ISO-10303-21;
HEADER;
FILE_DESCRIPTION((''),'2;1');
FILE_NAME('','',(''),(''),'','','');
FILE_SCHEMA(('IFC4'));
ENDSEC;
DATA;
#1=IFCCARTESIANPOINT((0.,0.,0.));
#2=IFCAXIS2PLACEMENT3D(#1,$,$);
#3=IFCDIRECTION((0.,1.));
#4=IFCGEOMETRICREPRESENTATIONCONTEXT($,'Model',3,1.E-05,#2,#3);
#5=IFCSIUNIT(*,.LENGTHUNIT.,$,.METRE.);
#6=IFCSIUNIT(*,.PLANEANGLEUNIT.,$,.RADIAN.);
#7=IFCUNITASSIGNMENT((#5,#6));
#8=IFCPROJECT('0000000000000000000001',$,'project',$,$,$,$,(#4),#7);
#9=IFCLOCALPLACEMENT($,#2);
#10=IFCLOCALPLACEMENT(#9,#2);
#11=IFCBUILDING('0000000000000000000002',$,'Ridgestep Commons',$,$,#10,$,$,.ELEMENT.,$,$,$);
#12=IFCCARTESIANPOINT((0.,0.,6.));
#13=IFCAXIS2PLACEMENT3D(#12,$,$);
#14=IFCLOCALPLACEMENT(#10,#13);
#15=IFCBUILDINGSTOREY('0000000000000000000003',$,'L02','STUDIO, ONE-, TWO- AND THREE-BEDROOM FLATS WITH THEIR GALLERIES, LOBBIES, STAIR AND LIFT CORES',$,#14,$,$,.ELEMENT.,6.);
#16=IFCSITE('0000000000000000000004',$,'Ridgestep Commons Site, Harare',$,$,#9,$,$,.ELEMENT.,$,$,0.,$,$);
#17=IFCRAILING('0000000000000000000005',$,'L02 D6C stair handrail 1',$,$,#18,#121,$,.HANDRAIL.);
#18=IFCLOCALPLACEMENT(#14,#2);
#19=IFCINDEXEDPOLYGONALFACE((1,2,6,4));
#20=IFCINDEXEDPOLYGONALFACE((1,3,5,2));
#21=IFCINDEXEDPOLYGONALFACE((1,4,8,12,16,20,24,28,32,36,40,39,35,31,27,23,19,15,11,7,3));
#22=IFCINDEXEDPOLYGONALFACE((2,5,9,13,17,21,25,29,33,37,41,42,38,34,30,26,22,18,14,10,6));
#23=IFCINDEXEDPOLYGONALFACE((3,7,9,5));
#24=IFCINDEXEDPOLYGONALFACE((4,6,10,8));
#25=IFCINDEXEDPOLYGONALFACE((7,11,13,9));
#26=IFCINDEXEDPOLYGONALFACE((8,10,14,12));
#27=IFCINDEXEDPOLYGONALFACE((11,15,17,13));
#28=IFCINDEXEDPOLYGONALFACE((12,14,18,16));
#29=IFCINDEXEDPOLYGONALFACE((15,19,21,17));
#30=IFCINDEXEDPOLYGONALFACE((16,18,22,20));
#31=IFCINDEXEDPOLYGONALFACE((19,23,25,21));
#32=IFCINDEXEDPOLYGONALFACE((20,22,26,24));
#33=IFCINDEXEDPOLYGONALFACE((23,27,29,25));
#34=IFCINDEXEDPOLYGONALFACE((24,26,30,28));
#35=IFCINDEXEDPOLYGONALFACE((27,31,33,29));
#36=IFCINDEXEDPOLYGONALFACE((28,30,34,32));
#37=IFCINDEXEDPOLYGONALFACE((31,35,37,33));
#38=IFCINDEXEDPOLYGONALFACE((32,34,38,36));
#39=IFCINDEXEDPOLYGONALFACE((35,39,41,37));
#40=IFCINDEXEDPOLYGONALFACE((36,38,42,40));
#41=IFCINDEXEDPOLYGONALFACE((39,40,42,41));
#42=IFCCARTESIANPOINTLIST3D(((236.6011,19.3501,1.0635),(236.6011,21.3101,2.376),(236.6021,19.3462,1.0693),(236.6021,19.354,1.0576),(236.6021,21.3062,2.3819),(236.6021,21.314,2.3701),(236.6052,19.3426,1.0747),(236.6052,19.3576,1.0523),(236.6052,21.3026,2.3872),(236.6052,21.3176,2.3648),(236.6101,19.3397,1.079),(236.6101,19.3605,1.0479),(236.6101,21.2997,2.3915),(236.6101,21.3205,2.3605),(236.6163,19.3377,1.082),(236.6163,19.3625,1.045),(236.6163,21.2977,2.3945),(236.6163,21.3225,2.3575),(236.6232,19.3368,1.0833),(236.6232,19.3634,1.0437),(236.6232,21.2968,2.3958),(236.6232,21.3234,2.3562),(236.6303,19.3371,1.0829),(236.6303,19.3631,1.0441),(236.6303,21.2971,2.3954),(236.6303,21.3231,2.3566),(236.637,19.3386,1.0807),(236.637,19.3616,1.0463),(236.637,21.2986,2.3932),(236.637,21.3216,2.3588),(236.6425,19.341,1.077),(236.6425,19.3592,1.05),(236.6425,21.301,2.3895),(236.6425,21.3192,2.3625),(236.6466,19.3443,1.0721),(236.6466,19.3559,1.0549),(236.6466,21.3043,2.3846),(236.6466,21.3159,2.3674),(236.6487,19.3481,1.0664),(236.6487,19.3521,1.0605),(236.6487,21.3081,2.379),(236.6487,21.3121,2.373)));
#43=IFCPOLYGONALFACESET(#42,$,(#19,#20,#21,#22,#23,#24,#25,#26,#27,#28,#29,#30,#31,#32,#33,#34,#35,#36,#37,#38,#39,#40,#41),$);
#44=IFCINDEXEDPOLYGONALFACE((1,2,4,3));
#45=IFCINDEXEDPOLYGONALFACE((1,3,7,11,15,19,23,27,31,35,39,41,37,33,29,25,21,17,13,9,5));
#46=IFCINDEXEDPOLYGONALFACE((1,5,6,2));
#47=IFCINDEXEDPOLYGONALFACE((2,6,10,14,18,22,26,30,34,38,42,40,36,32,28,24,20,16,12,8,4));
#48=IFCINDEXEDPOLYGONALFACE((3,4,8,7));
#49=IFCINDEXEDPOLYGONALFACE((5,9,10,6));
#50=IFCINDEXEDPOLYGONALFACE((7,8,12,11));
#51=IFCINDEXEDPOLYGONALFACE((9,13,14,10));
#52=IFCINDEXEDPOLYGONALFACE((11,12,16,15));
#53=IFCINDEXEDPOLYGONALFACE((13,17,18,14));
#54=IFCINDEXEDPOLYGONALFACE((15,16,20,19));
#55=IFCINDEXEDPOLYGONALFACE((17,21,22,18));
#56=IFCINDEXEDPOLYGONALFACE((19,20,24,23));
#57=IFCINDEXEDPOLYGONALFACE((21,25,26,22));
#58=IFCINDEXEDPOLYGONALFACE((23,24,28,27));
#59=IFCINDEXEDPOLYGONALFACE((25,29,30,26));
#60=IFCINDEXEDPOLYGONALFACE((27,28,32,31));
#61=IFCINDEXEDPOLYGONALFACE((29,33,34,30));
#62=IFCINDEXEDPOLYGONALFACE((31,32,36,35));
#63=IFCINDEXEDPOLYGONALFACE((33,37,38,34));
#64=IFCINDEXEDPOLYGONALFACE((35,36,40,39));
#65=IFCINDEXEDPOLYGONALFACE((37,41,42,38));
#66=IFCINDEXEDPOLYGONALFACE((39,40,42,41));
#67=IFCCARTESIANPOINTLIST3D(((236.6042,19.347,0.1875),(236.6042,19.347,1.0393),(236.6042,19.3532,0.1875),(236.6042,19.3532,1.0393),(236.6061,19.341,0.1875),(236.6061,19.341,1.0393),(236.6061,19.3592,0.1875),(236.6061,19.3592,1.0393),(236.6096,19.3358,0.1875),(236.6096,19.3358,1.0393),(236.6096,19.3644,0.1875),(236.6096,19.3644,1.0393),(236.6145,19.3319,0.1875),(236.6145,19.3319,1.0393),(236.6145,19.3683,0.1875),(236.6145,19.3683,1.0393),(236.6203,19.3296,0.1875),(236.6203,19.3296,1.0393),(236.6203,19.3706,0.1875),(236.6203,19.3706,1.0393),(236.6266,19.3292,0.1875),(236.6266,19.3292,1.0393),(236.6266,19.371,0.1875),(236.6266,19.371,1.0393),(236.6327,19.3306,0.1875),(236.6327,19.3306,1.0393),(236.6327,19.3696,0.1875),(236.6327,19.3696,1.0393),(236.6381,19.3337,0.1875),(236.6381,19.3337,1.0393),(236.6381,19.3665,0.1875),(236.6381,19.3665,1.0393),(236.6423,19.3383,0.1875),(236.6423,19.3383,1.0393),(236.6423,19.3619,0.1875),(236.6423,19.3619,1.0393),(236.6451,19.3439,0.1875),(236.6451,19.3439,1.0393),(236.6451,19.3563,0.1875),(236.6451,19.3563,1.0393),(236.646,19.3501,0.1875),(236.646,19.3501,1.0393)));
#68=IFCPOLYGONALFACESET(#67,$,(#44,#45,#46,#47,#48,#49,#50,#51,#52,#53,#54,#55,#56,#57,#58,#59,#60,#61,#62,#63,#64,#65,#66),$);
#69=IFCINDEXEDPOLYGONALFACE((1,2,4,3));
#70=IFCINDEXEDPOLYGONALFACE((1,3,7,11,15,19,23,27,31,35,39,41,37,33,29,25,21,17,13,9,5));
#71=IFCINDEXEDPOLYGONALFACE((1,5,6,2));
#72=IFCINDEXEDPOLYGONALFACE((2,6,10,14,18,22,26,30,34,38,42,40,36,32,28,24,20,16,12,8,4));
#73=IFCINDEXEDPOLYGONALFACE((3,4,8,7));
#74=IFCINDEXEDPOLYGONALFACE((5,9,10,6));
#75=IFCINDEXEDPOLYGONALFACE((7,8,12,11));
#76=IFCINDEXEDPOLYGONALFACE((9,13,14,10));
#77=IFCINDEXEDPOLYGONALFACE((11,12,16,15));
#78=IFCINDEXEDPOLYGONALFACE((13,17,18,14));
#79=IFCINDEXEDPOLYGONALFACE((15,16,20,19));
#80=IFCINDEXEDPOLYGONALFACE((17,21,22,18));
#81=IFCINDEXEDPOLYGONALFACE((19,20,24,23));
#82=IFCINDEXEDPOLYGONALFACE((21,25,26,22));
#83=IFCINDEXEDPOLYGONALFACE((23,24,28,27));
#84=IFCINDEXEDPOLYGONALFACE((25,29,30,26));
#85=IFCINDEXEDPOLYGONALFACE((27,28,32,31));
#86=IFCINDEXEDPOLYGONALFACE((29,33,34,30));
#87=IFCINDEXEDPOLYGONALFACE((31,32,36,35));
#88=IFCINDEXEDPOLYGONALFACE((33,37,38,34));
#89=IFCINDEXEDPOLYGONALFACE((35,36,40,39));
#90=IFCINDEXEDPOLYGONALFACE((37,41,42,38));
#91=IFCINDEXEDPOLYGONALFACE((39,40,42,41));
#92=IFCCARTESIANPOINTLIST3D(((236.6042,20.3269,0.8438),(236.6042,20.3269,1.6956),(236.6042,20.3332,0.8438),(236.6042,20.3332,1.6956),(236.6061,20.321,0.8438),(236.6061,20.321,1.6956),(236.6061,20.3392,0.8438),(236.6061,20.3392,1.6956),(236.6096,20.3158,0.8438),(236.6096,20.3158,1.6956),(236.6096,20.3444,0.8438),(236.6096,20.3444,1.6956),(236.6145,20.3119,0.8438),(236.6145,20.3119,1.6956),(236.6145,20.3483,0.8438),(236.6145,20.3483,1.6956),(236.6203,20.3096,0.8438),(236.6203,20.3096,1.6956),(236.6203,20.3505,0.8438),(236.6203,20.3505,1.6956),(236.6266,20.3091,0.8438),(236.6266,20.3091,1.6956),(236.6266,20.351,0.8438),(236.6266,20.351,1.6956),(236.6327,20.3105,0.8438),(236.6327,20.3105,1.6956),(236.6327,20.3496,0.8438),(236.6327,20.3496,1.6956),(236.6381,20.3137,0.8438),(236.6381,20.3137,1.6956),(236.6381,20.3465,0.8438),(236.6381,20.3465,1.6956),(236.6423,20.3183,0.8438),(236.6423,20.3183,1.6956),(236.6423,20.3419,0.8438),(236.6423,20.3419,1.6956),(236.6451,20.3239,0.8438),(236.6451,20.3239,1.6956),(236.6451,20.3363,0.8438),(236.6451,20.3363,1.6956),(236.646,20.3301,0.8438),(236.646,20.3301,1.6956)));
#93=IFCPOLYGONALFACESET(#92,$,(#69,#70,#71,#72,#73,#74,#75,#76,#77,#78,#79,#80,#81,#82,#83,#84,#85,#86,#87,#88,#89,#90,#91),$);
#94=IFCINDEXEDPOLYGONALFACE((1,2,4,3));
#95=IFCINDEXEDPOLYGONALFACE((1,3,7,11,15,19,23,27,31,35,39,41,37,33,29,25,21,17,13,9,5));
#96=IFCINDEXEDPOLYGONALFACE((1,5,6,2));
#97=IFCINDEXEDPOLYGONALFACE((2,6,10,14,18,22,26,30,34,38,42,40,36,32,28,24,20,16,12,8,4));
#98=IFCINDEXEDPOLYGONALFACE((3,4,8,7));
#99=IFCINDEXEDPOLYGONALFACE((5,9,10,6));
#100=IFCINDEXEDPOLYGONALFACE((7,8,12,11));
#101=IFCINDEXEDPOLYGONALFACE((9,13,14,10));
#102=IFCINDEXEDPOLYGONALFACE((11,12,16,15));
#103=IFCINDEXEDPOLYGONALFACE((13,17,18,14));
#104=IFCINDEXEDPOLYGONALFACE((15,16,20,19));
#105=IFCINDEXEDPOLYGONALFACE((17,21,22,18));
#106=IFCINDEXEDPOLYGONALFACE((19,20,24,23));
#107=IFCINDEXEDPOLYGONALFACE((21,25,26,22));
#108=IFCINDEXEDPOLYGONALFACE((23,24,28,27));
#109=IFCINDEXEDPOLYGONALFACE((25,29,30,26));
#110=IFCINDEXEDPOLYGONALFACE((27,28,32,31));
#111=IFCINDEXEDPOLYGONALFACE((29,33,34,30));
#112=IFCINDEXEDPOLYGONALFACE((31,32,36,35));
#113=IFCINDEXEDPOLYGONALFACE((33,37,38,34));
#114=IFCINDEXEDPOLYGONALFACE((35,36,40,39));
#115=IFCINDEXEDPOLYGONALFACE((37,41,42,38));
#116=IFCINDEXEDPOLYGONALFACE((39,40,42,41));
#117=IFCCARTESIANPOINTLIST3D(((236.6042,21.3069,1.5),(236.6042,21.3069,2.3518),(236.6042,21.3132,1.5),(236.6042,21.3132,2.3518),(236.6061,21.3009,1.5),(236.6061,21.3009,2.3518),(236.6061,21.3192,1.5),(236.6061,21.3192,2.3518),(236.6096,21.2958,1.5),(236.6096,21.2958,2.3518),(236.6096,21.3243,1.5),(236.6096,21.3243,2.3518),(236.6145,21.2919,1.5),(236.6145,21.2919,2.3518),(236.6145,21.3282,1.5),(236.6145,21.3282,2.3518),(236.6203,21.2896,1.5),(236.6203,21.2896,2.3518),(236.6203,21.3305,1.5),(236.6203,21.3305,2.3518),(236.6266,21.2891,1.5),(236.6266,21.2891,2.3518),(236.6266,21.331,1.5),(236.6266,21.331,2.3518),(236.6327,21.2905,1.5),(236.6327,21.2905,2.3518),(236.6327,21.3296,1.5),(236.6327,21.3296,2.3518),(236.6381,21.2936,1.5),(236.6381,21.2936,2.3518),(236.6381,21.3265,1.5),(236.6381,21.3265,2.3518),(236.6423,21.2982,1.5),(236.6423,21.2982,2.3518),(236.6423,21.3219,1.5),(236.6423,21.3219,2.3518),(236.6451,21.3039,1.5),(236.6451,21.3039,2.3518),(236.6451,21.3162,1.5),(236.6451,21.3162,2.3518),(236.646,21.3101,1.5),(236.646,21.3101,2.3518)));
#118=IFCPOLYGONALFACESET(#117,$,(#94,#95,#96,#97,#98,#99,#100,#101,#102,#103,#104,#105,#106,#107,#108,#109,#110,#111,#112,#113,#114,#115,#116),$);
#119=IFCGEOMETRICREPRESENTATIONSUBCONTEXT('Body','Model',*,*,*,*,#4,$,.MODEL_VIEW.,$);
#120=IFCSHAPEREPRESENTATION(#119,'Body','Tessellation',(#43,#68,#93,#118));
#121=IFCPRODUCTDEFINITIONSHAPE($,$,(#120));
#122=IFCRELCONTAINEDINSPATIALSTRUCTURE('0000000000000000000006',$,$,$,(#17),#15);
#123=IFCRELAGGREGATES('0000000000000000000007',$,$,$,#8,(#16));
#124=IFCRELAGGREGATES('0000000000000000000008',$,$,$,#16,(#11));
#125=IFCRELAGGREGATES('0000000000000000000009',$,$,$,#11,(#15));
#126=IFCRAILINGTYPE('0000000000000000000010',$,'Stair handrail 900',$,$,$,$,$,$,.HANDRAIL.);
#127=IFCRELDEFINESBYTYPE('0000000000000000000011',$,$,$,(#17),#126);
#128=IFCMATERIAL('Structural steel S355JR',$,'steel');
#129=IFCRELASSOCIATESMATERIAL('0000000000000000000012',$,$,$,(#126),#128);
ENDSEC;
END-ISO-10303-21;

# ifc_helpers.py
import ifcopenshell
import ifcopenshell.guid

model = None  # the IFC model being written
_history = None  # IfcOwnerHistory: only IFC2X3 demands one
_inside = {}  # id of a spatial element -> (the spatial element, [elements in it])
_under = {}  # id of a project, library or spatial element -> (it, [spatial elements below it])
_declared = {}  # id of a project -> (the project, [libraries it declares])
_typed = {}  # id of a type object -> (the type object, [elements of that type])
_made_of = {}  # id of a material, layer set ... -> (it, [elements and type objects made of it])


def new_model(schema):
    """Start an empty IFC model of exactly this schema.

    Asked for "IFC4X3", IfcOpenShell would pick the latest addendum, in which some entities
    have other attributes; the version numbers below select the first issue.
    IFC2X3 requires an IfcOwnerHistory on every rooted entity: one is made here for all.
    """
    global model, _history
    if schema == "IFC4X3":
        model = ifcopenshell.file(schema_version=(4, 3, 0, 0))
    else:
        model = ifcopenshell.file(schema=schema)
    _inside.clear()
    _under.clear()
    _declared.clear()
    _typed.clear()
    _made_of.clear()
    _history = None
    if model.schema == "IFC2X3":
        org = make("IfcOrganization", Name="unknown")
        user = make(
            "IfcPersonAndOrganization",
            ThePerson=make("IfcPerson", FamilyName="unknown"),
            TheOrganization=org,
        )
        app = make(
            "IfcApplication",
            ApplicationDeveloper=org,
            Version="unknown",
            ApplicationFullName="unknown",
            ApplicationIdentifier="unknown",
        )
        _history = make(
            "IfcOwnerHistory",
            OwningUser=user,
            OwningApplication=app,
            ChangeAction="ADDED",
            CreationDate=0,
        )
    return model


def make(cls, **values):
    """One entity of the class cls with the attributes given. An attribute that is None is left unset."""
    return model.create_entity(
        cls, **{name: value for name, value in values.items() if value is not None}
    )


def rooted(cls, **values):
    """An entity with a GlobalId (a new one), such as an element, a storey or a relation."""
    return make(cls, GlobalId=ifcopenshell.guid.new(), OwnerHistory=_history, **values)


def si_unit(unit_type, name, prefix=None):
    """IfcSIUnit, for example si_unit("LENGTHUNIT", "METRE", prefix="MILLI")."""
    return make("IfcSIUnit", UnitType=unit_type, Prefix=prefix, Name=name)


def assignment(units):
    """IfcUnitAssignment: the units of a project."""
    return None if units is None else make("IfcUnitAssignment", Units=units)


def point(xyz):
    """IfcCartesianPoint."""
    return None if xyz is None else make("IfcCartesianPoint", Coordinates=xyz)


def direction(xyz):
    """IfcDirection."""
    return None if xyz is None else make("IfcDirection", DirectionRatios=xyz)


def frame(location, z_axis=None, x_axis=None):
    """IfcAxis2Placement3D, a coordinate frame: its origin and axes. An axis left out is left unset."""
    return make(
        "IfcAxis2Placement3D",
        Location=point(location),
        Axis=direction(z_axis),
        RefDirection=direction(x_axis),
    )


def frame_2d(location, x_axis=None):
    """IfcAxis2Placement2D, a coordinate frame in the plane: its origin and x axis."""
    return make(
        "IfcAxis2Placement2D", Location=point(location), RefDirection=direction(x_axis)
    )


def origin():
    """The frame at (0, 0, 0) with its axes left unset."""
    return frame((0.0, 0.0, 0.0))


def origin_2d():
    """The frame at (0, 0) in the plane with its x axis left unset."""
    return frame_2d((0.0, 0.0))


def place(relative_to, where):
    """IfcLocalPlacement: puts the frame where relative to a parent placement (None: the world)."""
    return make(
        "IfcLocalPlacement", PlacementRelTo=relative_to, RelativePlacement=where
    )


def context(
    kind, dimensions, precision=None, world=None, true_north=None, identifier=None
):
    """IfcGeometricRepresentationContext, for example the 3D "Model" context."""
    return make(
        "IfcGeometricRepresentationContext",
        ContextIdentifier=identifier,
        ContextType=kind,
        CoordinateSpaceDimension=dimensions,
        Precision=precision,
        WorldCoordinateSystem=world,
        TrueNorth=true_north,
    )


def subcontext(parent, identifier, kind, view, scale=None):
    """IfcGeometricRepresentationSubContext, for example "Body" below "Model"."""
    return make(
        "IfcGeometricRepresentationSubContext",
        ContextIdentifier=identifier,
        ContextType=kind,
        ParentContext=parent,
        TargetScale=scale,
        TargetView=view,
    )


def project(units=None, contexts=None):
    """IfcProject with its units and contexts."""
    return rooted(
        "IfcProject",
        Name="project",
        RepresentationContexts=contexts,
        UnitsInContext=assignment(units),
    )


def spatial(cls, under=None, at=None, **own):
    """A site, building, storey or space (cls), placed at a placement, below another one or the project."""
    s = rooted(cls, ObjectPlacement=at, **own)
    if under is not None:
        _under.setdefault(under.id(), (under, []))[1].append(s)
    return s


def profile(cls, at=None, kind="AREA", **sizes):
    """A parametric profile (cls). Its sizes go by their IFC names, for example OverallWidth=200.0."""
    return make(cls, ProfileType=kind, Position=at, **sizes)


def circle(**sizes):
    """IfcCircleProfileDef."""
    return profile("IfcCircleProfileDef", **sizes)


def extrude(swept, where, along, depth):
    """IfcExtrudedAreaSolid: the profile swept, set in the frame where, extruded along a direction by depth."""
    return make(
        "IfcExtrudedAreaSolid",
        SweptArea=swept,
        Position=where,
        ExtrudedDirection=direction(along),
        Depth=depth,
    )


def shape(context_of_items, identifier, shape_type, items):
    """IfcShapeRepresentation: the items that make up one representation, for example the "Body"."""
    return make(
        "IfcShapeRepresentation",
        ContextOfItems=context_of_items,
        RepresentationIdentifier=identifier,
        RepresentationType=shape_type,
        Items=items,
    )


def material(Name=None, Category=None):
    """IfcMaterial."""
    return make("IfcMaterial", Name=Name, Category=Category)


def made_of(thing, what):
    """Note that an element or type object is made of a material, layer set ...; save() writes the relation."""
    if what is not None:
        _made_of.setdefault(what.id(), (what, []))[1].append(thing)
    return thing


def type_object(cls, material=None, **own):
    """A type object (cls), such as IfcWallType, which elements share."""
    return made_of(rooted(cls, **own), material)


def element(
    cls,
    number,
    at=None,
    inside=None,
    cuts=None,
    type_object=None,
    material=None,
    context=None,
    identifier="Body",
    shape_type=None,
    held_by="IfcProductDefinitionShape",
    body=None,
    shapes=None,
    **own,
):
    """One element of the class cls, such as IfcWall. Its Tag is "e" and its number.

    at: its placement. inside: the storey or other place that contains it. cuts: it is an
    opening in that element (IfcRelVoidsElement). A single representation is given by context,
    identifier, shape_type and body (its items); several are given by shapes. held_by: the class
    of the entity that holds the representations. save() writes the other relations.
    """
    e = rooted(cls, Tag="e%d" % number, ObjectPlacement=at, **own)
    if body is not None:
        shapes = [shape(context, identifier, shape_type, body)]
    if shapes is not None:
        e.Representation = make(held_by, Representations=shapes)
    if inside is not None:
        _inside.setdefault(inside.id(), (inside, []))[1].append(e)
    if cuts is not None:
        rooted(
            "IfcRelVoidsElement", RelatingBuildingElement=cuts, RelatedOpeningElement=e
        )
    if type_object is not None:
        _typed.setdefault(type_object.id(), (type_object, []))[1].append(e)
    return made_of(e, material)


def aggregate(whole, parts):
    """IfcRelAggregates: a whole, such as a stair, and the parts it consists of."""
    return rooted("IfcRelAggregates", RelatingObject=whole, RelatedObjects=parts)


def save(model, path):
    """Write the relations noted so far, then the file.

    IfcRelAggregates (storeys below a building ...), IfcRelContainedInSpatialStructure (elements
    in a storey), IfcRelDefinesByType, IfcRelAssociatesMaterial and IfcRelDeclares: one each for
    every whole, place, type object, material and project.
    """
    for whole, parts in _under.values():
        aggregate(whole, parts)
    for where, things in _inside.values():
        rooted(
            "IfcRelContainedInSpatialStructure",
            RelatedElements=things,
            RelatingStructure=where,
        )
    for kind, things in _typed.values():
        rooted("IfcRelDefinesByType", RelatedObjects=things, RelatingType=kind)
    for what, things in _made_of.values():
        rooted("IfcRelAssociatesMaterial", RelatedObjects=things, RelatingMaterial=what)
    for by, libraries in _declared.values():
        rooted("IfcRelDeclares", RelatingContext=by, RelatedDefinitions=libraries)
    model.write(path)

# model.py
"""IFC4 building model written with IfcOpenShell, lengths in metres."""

from ifc_helpers import new_model, si_unit, direction, frame, origin, origin_2d, place, context, subcontext, project, spatial, circle, extrude, material, type_object, element, save


model = new_model("IFC4")

# Units and contexts
model_context = context("Model", 3, precision=1e-05, world=origin(), true_north=direction((0.0, 1.0)))
body_context = subcontext(model_context, "Body", "Model", "MODEL_VIEW")
ifc_project = project(units=[si_unit("LENGTHUNIT", "METRE"), si_unit("PLANEANGLEUNIT", "RADIAN")], contexts=[model_context])

# Site, building, storey
site_placement = place(None, origin())
site = spatial("IfcSite", under=ifc_project, at=site_placement, Name="Ridgestep Commons Site, Harare", CompositionType="ELEMENT", RefElevation=0.0)
building_placement = place(site_placement, origin())
building = spatial("IfcBuilding", under=site, at=building_placement, Name="Ridgestep Commons", CompositionType="ELEMENT")
storey_placement = place(building_placement, frame((0.0, 0.0, 6.0)))
storey = spatial("IfcBuildingStorey", under=building, at=storey_placement, Name="L02", Description="STUDIO, ONE-, TWO- AND THREE-BEDROOM FLATS WITH THEIR GALLERIES, LOBBIES, STAIR AND LIFT CORES", CompositionType="ELEMENT", Elevation=6.0)

# Railing
ifc_material_1 = material(Name="Structural steel S355JR", Category="steel")
railing_type_1 = type_object("IfcRailingType", Name="Stair handrail 900", PredefinedType="HANDRAIL", material=ifc_material_1)
railing_1_placement = place(storey_placement, frame((236.625, 19.3501, 0.1875)))
element("IfcRailing", 1, at=railing_1_placement, inside=storey, type_object=railing_type_1, Name="L02 D6C stair handrail 1", PredefinedType="HANDRAIL", context=body_context, shape_type="SweptSolid", body=[
    extrude(circle(Radius=0.0239, at=origin_2d()), frame((0.0, 0.0, 0.876), z_axis=(0.0, 0.830902, 0.556419), x_axis=(-1.0, 0.0, 0.0)), (0.0, 0.0, 1.0), 2.3589),
    extrude(circle(Radius=0.021, at=origin_2d()), origin(), (0.0, 0.0, 1.0), 0.8518),
    extrude(circle(Radius=0.021, at=origin_2d()), frame((0.0, 0.98, 0.6562)), (0.0, 0.0, 1.0), 0.8518),
    extrude(circle(Radius=0.021, at=origin_2d()), frame((0.0, 1.96, 1.3125)), (0.0, 0.0, 1.0), 0.8518),
])

save(model, "model.ifc")
